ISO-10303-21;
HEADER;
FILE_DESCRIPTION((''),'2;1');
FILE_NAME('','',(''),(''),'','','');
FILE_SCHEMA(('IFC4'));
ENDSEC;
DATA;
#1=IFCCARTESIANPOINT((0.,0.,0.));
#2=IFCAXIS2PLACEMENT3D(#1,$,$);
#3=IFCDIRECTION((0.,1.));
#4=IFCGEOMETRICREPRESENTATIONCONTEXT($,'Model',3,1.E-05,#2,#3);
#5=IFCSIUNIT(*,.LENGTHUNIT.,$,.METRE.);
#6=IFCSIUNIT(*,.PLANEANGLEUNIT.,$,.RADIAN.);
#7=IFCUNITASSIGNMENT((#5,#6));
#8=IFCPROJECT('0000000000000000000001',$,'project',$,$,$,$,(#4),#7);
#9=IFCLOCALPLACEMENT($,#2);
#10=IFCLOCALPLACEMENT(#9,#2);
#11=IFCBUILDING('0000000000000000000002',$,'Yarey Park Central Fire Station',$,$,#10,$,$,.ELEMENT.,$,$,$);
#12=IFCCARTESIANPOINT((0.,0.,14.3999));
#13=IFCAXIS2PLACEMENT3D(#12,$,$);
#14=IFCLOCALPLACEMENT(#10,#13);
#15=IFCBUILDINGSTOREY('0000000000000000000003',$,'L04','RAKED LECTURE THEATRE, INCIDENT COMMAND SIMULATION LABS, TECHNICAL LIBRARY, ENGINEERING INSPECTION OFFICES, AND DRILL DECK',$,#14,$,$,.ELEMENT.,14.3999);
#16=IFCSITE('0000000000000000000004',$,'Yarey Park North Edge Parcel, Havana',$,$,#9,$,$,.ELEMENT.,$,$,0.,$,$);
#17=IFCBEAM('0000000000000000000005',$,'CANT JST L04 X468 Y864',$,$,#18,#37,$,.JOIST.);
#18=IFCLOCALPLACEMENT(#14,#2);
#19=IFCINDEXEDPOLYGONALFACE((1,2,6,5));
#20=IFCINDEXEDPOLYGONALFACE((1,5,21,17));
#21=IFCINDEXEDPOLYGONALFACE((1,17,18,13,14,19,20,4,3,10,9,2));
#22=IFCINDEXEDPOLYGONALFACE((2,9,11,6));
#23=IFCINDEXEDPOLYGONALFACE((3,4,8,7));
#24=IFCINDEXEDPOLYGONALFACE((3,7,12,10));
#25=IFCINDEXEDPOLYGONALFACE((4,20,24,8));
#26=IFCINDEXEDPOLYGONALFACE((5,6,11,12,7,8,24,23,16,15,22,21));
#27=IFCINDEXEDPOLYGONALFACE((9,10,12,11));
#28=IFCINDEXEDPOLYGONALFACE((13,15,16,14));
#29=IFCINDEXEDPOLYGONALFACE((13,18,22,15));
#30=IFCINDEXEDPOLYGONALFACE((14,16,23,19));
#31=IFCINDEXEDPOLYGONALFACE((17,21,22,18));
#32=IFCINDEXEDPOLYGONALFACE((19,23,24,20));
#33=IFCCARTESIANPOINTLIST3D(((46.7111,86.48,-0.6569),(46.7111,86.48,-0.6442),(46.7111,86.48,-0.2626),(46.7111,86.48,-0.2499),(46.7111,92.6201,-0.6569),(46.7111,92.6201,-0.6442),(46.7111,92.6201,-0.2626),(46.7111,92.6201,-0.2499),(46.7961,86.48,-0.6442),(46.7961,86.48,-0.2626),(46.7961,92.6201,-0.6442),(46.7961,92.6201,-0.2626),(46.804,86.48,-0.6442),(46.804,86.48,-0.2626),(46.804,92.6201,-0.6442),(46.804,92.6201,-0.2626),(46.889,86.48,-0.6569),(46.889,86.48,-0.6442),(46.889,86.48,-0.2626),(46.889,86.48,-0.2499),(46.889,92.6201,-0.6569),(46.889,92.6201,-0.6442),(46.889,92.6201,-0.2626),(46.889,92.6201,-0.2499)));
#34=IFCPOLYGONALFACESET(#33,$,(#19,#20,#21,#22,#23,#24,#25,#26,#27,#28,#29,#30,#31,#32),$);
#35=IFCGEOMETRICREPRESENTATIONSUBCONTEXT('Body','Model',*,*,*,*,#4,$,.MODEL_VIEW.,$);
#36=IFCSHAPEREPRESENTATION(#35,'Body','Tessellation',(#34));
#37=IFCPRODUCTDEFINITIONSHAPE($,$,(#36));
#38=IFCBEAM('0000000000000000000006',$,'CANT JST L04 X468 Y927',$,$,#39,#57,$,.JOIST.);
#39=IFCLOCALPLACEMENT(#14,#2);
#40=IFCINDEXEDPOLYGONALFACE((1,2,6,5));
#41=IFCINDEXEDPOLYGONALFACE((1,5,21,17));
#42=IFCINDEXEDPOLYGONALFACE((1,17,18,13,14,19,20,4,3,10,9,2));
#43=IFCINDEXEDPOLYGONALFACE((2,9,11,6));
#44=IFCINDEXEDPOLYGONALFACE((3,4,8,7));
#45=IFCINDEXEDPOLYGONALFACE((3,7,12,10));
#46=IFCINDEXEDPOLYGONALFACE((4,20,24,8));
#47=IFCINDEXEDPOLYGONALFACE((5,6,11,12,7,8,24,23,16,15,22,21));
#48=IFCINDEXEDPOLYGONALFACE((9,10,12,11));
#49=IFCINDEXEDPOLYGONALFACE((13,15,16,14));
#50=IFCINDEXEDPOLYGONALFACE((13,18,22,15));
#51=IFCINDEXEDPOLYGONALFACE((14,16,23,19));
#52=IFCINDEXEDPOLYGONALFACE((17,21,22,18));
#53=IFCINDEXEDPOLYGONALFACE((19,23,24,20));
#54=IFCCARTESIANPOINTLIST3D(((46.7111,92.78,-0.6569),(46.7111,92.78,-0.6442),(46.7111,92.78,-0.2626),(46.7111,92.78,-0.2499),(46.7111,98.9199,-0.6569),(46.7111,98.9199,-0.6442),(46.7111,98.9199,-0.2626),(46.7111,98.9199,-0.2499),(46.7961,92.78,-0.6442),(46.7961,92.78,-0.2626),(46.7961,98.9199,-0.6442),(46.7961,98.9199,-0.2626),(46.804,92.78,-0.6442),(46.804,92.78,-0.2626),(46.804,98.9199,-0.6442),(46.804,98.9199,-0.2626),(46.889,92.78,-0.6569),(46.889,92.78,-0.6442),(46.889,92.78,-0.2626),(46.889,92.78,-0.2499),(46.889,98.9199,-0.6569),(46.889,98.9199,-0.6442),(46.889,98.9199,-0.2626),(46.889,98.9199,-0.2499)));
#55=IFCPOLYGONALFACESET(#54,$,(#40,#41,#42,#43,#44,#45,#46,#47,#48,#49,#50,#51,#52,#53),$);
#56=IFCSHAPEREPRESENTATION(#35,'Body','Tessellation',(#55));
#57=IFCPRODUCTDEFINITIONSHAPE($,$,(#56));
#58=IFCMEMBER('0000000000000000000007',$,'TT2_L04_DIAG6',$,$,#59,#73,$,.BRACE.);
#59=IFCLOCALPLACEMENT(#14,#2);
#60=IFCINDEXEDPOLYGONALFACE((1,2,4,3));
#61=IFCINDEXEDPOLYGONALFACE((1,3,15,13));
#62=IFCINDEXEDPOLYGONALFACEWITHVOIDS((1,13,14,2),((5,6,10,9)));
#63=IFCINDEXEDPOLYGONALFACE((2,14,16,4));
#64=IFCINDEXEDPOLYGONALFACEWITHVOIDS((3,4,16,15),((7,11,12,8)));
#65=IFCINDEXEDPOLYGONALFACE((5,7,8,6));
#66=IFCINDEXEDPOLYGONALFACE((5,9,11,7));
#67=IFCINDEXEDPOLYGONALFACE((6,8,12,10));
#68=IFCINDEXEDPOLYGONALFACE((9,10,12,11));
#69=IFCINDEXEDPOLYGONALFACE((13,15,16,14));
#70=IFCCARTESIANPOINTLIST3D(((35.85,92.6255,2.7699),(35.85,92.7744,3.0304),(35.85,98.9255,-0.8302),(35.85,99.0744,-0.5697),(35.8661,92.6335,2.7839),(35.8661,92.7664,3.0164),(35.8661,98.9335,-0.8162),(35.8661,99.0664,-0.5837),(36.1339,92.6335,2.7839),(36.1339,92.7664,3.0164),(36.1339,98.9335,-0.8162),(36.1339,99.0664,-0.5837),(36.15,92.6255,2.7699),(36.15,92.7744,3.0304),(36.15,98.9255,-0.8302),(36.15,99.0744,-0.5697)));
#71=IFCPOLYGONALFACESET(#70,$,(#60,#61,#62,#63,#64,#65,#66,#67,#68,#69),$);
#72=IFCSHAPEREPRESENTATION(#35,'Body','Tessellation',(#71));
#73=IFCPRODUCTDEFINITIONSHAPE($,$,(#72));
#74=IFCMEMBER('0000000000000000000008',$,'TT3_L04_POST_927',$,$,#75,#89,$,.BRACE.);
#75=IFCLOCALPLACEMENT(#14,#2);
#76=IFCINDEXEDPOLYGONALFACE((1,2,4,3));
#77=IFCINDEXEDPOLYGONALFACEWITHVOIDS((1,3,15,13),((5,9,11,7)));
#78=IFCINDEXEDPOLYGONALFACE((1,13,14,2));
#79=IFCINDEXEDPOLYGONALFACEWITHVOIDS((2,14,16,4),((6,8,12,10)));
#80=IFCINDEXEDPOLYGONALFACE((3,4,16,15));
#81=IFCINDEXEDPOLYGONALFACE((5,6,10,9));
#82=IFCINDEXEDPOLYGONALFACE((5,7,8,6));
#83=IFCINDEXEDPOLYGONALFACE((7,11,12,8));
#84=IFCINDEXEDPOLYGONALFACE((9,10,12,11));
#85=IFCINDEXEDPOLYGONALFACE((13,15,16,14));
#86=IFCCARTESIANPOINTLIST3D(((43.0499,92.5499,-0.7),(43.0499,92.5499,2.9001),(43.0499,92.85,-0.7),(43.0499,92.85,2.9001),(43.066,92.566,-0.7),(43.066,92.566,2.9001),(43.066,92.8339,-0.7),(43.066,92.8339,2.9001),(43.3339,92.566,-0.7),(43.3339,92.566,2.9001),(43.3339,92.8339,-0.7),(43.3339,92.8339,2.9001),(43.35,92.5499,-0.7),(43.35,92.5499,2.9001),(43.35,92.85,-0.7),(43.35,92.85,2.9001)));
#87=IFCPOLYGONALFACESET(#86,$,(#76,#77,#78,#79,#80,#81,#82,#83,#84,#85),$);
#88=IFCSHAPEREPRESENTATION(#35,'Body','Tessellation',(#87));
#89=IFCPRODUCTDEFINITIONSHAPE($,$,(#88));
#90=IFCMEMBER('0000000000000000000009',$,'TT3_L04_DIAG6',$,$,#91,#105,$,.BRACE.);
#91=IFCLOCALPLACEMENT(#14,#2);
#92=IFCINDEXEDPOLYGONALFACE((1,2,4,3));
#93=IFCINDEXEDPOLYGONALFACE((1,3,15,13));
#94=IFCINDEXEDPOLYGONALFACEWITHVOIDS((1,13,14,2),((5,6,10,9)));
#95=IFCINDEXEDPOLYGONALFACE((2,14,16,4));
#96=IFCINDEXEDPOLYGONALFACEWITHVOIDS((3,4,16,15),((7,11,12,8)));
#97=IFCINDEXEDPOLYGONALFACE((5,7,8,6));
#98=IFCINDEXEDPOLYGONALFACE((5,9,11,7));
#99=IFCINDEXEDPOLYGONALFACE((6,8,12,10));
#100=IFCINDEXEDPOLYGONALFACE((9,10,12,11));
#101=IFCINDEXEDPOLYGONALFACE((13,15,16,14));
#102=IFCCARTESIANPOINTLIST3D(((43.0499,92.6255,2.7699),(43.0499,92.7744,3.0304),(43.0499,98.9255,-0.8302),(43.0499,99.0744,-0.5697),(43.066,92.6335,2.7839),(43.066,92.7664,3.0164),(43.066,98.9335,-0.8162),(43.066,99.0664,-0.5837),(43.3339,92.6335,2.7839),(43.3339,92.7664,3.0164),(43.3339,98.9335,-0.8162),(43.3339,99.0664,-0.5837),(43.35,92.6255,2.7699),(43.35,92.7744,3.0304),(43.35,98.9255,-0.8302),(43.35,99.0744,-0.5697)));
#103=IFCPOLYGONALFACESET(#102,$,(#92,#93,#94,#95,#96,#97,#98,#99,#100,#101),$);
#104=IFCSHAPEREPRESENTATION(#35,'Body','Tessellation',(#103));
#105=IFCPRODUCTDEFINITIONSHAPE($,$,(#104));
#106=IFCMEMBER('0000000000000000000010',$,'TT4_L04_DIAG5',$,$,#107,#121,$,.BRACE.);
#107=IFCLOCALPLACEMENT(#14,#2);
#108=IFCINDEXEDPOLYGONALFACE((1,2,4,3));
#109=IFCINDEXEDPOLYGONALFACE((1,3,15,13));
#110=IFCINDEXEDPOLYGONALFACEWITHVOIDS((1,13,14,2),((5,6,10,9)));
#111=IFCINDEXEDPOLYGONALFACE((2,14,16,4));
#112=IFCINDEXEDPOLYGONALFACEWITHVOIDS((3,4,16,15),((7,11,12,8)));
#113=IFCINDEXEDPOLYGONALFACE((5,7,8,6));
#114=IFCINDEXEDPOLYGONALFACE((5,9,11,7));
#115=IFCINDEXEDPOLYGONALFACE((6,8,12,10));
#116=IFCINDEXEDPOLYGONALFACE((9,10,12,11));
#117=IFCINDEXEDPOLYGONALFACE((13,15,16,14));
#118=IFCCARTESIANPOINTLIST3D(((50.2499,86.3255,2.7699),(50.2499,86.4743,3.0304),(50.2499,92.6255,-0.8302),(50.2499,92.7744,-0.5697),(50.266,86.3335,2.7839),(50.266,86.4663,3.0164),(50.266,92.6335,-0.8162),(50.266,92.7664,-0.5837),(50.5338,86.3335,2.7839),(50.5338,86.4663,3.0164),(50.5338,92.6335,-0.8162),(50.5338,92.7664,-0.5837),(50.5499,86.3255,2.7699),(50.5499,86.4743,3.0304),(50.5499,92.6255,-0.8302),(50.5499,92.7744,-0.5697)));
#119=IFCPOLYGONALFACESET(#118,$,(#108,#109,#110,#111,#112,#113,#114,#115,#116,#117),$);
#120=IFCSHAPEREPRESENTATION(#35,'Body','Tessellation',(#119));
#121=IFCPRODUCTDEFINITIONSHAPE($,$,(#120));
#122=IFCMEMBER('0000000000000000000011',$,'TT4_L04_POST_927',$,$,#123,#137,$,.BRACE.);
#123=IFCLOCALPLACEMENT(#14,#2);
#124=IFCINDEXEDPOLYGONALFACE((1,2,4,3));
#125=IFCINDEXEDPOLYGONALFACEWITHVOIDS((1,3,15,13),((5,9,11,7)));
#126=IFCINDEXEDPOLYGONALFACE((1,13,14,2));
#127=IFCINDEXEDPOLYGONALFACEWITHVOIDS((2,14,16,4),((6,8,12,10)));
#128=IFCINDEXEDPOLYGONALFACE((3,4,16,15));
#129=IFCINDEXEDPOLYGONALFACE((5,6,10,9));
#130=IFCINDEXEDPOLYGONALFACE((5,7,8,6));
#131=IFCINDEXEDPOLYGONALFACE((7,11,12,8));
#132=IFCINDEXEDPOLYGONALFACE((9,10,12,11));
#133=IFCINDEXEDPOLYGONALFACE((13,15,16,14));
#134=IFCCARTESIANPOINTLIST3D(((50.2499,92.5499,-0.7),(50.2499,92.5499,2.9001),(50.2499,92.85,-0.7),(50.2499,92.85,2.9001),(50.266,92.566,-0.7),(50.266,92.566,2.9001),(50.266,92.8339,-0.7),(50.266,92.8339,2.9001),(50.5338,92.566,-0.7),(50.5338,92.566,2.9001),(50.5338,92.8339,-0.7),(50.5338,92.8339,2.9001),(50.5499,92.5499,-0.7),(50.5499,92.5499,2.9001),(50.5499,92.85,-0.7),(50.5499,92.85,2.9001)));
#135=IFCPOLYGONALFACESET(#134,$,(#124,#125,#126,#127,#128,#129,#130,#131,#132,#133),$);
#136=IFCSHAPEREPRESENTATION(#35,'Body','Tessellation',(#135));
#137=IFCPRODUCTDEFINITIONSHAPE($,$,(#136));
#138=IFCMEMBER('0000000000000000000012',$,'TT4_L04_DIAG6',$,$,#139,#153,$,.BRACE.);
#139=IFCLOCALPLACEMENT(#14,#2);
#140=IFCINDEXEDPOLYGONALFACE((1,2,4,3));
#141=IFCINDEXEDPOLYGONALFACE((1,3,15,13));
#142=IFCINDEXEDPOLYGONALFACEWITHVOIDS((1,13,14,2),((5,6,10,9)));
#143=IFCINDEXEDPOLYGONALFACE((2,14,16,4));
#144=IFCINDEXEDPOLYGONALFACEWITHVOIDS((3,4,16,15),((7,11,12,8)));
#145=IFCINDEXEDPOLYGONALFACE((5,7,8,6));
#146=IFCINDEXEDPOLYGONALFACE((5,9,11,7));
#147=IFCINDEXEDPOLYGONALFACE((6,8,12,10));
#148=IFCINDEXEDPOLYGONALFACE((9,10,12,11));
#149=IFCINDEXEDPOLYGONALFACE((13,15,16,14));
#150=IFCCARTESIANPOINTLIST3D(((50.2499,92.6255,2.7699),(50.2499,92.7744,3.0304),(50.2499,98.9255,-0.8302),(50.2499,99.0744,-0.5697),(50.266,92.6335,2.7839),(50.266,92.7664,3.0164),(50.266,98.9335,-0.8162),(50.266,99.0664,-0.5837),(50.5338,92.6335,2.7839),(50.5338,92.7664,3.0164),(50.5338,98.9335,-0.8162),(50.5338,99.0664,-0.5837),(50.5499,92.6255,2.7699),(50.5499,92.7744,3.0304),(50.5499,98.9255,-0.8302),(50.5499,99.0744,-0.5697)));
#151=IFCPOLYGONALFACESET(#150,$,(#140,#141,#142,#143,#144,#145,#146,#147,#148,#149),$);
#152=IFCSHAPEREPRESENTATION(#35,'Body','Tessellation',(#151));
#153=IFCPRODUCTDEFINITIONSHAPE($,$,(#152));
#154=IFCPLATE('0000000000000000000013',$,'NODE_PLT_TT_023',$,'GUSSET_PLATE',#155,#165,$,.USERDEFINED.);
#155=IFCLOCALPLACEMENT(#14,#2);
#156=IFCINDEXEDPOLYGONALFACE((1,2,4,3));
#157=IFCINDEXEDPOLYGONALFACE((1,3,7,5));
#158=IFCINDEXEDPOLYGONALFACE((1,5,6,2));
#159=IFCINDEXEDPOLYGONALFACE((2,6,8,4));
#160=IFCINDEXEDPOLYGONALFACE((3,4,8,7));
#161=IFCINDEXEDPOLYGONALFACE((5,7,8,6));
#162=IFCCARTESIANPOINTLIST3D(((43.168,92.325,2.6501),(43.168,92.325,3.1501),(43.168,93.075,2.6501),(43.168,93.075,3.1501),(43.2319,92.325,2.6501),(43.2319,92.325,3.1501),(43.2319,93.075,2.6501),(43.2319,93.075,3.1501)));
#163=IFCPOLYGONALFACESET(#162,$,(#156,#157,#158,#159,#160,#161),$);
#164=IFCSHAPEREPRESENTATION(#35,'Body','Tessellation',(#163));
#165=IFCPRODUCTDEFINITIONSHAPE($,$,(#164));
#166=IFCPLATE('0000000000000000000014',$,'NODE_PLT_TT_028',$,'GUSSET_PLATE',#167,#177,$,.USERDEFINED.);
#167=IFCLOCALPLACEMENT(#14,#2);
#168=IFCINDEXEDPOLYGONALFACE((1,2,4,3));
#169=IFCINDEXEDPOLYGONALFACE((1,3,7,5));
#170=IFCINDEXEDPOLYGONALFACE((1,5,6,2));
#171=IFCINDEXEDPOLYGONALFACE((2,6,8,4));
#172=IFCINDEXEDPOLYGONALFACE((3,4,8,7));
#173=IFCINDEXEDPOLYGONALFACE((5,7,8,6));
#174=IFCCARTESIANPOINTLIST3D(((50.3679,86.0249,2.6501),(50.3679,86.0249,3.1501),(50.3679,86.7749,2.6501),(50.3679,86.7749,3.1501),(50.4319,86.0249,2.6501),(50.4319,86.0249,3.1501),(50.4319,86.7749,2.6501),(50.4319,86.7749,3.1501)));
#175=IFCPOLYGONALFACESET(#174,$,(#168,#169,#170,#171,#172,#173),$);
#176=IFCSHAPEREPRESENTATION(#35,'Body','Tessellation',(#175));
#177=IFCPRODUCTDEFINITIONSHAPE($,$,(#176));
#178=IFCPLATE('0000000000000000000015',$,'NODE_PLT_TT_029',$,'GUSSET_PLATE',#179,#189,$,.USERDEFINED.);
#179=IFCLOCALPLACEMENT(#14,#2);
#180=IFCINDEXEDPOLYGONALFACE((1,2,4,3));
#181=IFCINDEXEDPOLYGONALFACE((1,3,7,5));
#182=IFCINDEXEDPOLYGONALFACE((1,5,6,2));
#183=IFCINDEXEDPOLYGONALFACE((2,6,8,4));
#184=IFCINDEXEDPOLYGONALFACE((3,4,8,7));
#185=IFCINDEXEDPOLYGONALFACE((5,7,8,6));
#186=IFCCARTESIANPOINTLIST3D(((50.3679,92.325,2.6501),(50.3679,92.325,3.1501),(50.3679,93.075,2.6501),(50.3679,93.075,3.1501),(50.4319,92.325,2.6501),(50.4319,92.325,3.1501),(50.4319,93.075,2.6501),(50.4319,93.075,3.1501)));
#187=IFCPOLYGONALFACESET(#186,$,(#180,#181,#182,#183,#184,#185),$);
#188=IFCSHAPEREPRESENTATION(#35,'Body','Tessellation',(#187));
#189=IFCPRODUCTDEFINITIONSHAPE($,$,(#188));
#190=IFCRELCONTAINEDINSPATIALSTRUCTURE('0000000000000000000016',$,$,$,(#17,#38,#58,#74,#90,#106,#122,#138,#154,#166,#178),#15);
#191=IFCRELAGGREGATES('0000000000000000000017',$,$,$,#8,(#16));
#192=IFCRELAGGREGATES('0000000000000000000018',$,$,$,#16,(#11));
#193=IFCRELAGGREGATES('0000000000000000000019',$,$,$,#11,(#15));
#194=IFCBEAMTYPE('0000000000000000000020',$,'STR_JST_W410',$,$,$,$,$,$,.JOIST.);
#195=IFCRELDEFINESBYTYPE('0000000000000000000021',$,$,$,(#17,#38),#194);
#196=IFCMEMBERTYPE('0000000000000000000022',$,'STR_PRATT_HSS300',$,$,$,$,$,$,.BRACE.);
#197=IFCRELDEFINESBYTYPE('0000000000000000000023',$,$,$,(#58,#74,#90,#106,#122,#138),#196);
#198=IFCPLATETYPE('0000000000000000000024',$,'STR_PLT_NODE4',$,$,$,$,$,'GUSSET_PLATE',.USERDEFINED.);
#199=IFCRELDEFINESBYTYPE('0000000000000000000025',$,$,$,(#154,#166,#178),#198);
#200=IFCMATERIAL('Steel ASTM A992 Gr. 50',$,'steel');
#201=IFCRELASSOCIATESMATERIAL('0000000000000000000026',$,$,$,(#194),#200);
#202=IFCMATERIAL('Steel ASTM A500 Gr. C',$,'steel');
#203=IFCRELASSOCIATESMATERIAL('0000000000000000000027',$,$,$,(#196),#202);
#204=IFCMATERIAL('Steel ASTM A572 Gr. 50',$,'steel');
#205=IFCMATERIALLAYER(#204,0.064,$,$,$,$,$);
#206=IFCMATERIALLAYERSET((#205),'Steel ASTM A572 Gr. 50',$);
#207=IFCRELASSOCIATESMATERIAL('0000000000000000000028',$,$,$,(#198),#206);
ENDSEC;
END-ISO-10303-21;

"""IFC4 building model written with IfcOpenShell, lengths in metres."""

from ifc_helpers import new_model, si_unit, direction, frame, origin, origin_2d, place, context, subcontext, project, spatial, rectangle, hollow_rectangle, i_section, extrude, material, layer, layer_set, material_profile, profile_set, type_object, element, save


model = new_model("IFC4")

# Units and contexts
model_context = context("Model", 3, precision=1e-05, world=origin(), true_north=direction((0.0, 1.0)))
body_context = subcontext(model_context, "Body", "Model", "MODEL_VIEW")
ifc_project = project(units=[si_unit("LENGTHUNIT", "METRE"), si_unit("PLANEANGLEUNIT", "RADIAN")], contexts=[model_context])

# Site, building, storey
site_placement = place(None, origin())
site = spatial("IfcSite", under=ifc_project, at=site_placement, Name="Yarey Park North Edge Parcel, Havana", CompositionType="ELEMENT", RefElevation=0.0)
building_placement = place(site_placement, origin())
building = spatial("IfcBuilding", under=site, at=building_placement, Name="Yarey Park Central Fire Station", CompositionType="ELEMENT")
storey_placement = place(building_placement, frame((0.0, 0.0, 14.3999)))
storey = spatial("IfcBuildingStorey", under=building, at=storey_placement, Name="L04", Description="RAKED LECTURE THEATRE, INCIDENT COMMAND SIMULATION LABS, TECHNICAL LIBRARY, ENGINEERING INSPECTION OFFICES, AND DRILL DECK", CompositionType="ELEMENT", Elevation=14.3999)

# Beams
ifc_material_1 = material(Name="Steel ASTM A992 Gr. 50", Category="steel")
ifc_material_profile_1 = material_profile(ifc_material_1, i_section(OverallWidth=0.178, OverallDepth=0.407, WebThickness=0.0078, FlangeThickness=0.0127, at=origin_2d()), Name="W410x60")
ifc_profile_set_1 = profile_set([ifc_material_profile_1], Name="Steel ASTM A992 Gr. 50")
beam_type_1 = type_object("IfcBeamType", Name="STR_JST_W410", PredefinedType="JOIST", material=ifc_profile_set_1)
beam_1_placement = place(storey_placement, frame((46.8, 86.48, -0.4534), z_axis=(0.0, 1.0, 0.0), x_axis=(-1.0, 0.0, 0.0)))
element("IfcBeam", 1, at=beam_1_placement, inside=storey, type_object=beam_type_1, Name="CANT JST L04 X468 Y864", PredefinedType="JOIST", context=body_context, shape_type="SweptSolid", body=[
    extrude(i_section(OverallWidth=0.178, OverallDepth=0.407, WebThickness=0.0078, FlangeThickness=0.0127, at=origin_2d()), origin(), (0.0, 0.0, 1.0), 6.1401),
])
beam_2_placement = place(storey_placement, frame((46.8, 92.78, -0.4534), z_axis=(0.0, 1.0, 0.0), x_axis=(-1.0, 0.0, 0.0)))
element("IfcBeam", 2, at=beam_2_placement, inside=storey, type_object=beam_type_1, Name="CANT JST L04 X468 Y927", PredefinedType="JOIST", context=body_context, shape_type="SweptSolid", body=[
    extrude(i_section(OverallWidth=0.178, OverallDepth=0.407, WebThickness=0.0078, FlangeThickness=0.0127, at=origin_2d()), origin(), (0.0, 0.0, 1.0), 6.1399),
])

# Members
ifc_material_2 = material(Name="Steel ASTM A500 Gr. C", Category="steel")
ifc_material_profile_2 = material_profile(ifc_material_2, hollow_rectangle(XDim=0.3, YDim=0.3, WallThickness=0.0161, at=origin_2d()), Name="HSS 300x300x16")
ifc_profile_set_2 = profile_set([ifc_material_profile_2], Name="Steel ASTM A500 Gr. C")
member_type = type_object("IfcMemberType", Name="STR_PRATT_HSS300", PredefinedType="BRACE", material=ifc_profile_set_2)
member_1_placement = place(storey_placement, frame((36.0, 92.7, 2.9001), z_axis=(0.0, 0.868239, -0.496146), x_axis=(-1.0, 0.0, 0.0)))
element("IfcMember", 3, at=member_1_placement, inside=storey, type_object=member_type, Name="TT2_L04_DIAG6", PredefinedType="BRACE", context=body_context, shape_type="SweptSolid", body=[
    extrude(hollow_rectangle(XDim=0.3, YDim=0.3, WallThickness=0.0161, at=origin_2d()), origin(), (0.0, 0.0, 1.0), 7.2561),
])
member_2_placement = place(storey_placement, frame((43.2, 92.7, -0.7), z_axis=(0.0, 0.0, 1.0), x_axis=(1.0, 0.0, 0.0)))
element("IfcMember", 4, at=member_2_placement, inside=storey, type_object=member_type, Name="TT3_L04_POST_927", PredefinedType="BRACE", context=body_context, shape_type="SweptSolid", body=[
    extrude(hollow_rectangle(XDim=0.3, YDim=0.3, WallThickness=0.0161, at=origin_2d()), origin(), (0.0, 0.0, 1.0), 3.6001),
])
for number, where, z_axis, x_axis, name in (
    (5, (43.2, 92.7, 2.9001), (0.0, 0.868239, -0.496146), (-1.0, 0.0, 0.0), "TT3_L04_DIAG6"),
    (6, (50.3999, 86.3999, 2.9001), (0.0, 0.868239, -0.496146), (-1.0, 0.0, 0.0), "TT4_L04_DIAG5"),
):
    element("IfcMember", number, at=place(storey_placement, frame(where, z_axis=z_axis, x_axis=x_axis)), inside=storey, type_object=member_type, Name=name, PredefinedType="BRACE", context=body_context, shape_type="SweptSolid", body=[
        extrude(hollow_rectangle(XDim=0.3, YDim=0.3, WallThickness=0.0161, at=origin_2d()), origin(), (0.0, 0.0, 1.0), 7.2561),
    ])
member_3_placement = place(storey_placement, frame((50.3999, 92.7, -0.7), z_axis=(0.0, 0.0, 1.0), x_axis=(1.0, 0.0, 0.0)))
element("IfcMember", 7, at=member_3_placement, inside=storey, type_object=member_type, Name="TT4_L04_POST_927", PredefinedType="BRACE", context=body_context, shape_type="SweptSolid", body=[
    extrude(hollow_rectangle(XDim=0.3, YDim=0.3, WallThickness=0.0161, at=origin_2d()), origin(), (0.0, 0.0, 1.0), 3.6001),
])
member_4_placement = place(storey_placement, frame((50.3999, 92.7, 2.9001), z_axis=(0.0, 0.868239, -0.496146), x_axis=(-1.0, 0.0, 0.0)))
element("IfcMember", 8, at=member_4_placement, inside=storey, type_object=member_type, Name="TT4_L04_DIAG6", PredefinedType="BRACE", context=body_context, shape_type="SweptSolid", body=[
    extrude(hollow_rectangle(XDim=0.3, YDim=0.3, WallThickness=0.0161, at=origin_2d()), origin(), (0.0, 0.0, 1.0), 7.2561),
])

# Plates
ifc_material_3 = material(Name="Steel ASTM A572 Gr. 50", Category="steel")
ifc_layer_1 = layer(ifc_material_3, 0.064)
ifc_layer_set_1 = layer_set([ifc_layer_1], Name="Steel ASTM A572 Gr. 50")
plate_type = type_object("IfcPlateType", Name="STR_PLT_NODE4", ElementType="GUSSET_PLATE", PredefinedType="USERDEFINED", material=ifc_layer_set_1)
for number, where, z_axis, x_axis, name in (
    (9, (43.2, 92.7, 2.6501), (0.0, 0.0, 1.0), (1.0, 0.0, 0.0), "NODE_PLT_TT_023"),
    (10, (50.3999, 86.3999, 2.6501), (0.0, 0.0, 1.0), (1.0, 0.0, 0.0), "NODE_PLT_TT_028"),
    (11, (50.3999, 92.7, 2.6501), (0.0, 0.0, 1.0), (1.0, 0.0, 0.0), "NODE_PLT_TT_029"),
):
    element("IfcPlate", number, at=place(storey_placement, frame(where, z_axis=z_axis, x_axis=x_axis)), inside=storey, type_object=plate_type, Name=name, ObjectType="GUSSET_PLATE", PredefinedType="USERDEFINED", context=body_context, shape_type="SweptSolid", body=[
        extrude(rectangle(XDim=0.064, YDim=0.75, at=origin_2d()), origin(), (0.0, 0.0, 1.0), 0.5),
    ])

save(model, "model.ifc")
